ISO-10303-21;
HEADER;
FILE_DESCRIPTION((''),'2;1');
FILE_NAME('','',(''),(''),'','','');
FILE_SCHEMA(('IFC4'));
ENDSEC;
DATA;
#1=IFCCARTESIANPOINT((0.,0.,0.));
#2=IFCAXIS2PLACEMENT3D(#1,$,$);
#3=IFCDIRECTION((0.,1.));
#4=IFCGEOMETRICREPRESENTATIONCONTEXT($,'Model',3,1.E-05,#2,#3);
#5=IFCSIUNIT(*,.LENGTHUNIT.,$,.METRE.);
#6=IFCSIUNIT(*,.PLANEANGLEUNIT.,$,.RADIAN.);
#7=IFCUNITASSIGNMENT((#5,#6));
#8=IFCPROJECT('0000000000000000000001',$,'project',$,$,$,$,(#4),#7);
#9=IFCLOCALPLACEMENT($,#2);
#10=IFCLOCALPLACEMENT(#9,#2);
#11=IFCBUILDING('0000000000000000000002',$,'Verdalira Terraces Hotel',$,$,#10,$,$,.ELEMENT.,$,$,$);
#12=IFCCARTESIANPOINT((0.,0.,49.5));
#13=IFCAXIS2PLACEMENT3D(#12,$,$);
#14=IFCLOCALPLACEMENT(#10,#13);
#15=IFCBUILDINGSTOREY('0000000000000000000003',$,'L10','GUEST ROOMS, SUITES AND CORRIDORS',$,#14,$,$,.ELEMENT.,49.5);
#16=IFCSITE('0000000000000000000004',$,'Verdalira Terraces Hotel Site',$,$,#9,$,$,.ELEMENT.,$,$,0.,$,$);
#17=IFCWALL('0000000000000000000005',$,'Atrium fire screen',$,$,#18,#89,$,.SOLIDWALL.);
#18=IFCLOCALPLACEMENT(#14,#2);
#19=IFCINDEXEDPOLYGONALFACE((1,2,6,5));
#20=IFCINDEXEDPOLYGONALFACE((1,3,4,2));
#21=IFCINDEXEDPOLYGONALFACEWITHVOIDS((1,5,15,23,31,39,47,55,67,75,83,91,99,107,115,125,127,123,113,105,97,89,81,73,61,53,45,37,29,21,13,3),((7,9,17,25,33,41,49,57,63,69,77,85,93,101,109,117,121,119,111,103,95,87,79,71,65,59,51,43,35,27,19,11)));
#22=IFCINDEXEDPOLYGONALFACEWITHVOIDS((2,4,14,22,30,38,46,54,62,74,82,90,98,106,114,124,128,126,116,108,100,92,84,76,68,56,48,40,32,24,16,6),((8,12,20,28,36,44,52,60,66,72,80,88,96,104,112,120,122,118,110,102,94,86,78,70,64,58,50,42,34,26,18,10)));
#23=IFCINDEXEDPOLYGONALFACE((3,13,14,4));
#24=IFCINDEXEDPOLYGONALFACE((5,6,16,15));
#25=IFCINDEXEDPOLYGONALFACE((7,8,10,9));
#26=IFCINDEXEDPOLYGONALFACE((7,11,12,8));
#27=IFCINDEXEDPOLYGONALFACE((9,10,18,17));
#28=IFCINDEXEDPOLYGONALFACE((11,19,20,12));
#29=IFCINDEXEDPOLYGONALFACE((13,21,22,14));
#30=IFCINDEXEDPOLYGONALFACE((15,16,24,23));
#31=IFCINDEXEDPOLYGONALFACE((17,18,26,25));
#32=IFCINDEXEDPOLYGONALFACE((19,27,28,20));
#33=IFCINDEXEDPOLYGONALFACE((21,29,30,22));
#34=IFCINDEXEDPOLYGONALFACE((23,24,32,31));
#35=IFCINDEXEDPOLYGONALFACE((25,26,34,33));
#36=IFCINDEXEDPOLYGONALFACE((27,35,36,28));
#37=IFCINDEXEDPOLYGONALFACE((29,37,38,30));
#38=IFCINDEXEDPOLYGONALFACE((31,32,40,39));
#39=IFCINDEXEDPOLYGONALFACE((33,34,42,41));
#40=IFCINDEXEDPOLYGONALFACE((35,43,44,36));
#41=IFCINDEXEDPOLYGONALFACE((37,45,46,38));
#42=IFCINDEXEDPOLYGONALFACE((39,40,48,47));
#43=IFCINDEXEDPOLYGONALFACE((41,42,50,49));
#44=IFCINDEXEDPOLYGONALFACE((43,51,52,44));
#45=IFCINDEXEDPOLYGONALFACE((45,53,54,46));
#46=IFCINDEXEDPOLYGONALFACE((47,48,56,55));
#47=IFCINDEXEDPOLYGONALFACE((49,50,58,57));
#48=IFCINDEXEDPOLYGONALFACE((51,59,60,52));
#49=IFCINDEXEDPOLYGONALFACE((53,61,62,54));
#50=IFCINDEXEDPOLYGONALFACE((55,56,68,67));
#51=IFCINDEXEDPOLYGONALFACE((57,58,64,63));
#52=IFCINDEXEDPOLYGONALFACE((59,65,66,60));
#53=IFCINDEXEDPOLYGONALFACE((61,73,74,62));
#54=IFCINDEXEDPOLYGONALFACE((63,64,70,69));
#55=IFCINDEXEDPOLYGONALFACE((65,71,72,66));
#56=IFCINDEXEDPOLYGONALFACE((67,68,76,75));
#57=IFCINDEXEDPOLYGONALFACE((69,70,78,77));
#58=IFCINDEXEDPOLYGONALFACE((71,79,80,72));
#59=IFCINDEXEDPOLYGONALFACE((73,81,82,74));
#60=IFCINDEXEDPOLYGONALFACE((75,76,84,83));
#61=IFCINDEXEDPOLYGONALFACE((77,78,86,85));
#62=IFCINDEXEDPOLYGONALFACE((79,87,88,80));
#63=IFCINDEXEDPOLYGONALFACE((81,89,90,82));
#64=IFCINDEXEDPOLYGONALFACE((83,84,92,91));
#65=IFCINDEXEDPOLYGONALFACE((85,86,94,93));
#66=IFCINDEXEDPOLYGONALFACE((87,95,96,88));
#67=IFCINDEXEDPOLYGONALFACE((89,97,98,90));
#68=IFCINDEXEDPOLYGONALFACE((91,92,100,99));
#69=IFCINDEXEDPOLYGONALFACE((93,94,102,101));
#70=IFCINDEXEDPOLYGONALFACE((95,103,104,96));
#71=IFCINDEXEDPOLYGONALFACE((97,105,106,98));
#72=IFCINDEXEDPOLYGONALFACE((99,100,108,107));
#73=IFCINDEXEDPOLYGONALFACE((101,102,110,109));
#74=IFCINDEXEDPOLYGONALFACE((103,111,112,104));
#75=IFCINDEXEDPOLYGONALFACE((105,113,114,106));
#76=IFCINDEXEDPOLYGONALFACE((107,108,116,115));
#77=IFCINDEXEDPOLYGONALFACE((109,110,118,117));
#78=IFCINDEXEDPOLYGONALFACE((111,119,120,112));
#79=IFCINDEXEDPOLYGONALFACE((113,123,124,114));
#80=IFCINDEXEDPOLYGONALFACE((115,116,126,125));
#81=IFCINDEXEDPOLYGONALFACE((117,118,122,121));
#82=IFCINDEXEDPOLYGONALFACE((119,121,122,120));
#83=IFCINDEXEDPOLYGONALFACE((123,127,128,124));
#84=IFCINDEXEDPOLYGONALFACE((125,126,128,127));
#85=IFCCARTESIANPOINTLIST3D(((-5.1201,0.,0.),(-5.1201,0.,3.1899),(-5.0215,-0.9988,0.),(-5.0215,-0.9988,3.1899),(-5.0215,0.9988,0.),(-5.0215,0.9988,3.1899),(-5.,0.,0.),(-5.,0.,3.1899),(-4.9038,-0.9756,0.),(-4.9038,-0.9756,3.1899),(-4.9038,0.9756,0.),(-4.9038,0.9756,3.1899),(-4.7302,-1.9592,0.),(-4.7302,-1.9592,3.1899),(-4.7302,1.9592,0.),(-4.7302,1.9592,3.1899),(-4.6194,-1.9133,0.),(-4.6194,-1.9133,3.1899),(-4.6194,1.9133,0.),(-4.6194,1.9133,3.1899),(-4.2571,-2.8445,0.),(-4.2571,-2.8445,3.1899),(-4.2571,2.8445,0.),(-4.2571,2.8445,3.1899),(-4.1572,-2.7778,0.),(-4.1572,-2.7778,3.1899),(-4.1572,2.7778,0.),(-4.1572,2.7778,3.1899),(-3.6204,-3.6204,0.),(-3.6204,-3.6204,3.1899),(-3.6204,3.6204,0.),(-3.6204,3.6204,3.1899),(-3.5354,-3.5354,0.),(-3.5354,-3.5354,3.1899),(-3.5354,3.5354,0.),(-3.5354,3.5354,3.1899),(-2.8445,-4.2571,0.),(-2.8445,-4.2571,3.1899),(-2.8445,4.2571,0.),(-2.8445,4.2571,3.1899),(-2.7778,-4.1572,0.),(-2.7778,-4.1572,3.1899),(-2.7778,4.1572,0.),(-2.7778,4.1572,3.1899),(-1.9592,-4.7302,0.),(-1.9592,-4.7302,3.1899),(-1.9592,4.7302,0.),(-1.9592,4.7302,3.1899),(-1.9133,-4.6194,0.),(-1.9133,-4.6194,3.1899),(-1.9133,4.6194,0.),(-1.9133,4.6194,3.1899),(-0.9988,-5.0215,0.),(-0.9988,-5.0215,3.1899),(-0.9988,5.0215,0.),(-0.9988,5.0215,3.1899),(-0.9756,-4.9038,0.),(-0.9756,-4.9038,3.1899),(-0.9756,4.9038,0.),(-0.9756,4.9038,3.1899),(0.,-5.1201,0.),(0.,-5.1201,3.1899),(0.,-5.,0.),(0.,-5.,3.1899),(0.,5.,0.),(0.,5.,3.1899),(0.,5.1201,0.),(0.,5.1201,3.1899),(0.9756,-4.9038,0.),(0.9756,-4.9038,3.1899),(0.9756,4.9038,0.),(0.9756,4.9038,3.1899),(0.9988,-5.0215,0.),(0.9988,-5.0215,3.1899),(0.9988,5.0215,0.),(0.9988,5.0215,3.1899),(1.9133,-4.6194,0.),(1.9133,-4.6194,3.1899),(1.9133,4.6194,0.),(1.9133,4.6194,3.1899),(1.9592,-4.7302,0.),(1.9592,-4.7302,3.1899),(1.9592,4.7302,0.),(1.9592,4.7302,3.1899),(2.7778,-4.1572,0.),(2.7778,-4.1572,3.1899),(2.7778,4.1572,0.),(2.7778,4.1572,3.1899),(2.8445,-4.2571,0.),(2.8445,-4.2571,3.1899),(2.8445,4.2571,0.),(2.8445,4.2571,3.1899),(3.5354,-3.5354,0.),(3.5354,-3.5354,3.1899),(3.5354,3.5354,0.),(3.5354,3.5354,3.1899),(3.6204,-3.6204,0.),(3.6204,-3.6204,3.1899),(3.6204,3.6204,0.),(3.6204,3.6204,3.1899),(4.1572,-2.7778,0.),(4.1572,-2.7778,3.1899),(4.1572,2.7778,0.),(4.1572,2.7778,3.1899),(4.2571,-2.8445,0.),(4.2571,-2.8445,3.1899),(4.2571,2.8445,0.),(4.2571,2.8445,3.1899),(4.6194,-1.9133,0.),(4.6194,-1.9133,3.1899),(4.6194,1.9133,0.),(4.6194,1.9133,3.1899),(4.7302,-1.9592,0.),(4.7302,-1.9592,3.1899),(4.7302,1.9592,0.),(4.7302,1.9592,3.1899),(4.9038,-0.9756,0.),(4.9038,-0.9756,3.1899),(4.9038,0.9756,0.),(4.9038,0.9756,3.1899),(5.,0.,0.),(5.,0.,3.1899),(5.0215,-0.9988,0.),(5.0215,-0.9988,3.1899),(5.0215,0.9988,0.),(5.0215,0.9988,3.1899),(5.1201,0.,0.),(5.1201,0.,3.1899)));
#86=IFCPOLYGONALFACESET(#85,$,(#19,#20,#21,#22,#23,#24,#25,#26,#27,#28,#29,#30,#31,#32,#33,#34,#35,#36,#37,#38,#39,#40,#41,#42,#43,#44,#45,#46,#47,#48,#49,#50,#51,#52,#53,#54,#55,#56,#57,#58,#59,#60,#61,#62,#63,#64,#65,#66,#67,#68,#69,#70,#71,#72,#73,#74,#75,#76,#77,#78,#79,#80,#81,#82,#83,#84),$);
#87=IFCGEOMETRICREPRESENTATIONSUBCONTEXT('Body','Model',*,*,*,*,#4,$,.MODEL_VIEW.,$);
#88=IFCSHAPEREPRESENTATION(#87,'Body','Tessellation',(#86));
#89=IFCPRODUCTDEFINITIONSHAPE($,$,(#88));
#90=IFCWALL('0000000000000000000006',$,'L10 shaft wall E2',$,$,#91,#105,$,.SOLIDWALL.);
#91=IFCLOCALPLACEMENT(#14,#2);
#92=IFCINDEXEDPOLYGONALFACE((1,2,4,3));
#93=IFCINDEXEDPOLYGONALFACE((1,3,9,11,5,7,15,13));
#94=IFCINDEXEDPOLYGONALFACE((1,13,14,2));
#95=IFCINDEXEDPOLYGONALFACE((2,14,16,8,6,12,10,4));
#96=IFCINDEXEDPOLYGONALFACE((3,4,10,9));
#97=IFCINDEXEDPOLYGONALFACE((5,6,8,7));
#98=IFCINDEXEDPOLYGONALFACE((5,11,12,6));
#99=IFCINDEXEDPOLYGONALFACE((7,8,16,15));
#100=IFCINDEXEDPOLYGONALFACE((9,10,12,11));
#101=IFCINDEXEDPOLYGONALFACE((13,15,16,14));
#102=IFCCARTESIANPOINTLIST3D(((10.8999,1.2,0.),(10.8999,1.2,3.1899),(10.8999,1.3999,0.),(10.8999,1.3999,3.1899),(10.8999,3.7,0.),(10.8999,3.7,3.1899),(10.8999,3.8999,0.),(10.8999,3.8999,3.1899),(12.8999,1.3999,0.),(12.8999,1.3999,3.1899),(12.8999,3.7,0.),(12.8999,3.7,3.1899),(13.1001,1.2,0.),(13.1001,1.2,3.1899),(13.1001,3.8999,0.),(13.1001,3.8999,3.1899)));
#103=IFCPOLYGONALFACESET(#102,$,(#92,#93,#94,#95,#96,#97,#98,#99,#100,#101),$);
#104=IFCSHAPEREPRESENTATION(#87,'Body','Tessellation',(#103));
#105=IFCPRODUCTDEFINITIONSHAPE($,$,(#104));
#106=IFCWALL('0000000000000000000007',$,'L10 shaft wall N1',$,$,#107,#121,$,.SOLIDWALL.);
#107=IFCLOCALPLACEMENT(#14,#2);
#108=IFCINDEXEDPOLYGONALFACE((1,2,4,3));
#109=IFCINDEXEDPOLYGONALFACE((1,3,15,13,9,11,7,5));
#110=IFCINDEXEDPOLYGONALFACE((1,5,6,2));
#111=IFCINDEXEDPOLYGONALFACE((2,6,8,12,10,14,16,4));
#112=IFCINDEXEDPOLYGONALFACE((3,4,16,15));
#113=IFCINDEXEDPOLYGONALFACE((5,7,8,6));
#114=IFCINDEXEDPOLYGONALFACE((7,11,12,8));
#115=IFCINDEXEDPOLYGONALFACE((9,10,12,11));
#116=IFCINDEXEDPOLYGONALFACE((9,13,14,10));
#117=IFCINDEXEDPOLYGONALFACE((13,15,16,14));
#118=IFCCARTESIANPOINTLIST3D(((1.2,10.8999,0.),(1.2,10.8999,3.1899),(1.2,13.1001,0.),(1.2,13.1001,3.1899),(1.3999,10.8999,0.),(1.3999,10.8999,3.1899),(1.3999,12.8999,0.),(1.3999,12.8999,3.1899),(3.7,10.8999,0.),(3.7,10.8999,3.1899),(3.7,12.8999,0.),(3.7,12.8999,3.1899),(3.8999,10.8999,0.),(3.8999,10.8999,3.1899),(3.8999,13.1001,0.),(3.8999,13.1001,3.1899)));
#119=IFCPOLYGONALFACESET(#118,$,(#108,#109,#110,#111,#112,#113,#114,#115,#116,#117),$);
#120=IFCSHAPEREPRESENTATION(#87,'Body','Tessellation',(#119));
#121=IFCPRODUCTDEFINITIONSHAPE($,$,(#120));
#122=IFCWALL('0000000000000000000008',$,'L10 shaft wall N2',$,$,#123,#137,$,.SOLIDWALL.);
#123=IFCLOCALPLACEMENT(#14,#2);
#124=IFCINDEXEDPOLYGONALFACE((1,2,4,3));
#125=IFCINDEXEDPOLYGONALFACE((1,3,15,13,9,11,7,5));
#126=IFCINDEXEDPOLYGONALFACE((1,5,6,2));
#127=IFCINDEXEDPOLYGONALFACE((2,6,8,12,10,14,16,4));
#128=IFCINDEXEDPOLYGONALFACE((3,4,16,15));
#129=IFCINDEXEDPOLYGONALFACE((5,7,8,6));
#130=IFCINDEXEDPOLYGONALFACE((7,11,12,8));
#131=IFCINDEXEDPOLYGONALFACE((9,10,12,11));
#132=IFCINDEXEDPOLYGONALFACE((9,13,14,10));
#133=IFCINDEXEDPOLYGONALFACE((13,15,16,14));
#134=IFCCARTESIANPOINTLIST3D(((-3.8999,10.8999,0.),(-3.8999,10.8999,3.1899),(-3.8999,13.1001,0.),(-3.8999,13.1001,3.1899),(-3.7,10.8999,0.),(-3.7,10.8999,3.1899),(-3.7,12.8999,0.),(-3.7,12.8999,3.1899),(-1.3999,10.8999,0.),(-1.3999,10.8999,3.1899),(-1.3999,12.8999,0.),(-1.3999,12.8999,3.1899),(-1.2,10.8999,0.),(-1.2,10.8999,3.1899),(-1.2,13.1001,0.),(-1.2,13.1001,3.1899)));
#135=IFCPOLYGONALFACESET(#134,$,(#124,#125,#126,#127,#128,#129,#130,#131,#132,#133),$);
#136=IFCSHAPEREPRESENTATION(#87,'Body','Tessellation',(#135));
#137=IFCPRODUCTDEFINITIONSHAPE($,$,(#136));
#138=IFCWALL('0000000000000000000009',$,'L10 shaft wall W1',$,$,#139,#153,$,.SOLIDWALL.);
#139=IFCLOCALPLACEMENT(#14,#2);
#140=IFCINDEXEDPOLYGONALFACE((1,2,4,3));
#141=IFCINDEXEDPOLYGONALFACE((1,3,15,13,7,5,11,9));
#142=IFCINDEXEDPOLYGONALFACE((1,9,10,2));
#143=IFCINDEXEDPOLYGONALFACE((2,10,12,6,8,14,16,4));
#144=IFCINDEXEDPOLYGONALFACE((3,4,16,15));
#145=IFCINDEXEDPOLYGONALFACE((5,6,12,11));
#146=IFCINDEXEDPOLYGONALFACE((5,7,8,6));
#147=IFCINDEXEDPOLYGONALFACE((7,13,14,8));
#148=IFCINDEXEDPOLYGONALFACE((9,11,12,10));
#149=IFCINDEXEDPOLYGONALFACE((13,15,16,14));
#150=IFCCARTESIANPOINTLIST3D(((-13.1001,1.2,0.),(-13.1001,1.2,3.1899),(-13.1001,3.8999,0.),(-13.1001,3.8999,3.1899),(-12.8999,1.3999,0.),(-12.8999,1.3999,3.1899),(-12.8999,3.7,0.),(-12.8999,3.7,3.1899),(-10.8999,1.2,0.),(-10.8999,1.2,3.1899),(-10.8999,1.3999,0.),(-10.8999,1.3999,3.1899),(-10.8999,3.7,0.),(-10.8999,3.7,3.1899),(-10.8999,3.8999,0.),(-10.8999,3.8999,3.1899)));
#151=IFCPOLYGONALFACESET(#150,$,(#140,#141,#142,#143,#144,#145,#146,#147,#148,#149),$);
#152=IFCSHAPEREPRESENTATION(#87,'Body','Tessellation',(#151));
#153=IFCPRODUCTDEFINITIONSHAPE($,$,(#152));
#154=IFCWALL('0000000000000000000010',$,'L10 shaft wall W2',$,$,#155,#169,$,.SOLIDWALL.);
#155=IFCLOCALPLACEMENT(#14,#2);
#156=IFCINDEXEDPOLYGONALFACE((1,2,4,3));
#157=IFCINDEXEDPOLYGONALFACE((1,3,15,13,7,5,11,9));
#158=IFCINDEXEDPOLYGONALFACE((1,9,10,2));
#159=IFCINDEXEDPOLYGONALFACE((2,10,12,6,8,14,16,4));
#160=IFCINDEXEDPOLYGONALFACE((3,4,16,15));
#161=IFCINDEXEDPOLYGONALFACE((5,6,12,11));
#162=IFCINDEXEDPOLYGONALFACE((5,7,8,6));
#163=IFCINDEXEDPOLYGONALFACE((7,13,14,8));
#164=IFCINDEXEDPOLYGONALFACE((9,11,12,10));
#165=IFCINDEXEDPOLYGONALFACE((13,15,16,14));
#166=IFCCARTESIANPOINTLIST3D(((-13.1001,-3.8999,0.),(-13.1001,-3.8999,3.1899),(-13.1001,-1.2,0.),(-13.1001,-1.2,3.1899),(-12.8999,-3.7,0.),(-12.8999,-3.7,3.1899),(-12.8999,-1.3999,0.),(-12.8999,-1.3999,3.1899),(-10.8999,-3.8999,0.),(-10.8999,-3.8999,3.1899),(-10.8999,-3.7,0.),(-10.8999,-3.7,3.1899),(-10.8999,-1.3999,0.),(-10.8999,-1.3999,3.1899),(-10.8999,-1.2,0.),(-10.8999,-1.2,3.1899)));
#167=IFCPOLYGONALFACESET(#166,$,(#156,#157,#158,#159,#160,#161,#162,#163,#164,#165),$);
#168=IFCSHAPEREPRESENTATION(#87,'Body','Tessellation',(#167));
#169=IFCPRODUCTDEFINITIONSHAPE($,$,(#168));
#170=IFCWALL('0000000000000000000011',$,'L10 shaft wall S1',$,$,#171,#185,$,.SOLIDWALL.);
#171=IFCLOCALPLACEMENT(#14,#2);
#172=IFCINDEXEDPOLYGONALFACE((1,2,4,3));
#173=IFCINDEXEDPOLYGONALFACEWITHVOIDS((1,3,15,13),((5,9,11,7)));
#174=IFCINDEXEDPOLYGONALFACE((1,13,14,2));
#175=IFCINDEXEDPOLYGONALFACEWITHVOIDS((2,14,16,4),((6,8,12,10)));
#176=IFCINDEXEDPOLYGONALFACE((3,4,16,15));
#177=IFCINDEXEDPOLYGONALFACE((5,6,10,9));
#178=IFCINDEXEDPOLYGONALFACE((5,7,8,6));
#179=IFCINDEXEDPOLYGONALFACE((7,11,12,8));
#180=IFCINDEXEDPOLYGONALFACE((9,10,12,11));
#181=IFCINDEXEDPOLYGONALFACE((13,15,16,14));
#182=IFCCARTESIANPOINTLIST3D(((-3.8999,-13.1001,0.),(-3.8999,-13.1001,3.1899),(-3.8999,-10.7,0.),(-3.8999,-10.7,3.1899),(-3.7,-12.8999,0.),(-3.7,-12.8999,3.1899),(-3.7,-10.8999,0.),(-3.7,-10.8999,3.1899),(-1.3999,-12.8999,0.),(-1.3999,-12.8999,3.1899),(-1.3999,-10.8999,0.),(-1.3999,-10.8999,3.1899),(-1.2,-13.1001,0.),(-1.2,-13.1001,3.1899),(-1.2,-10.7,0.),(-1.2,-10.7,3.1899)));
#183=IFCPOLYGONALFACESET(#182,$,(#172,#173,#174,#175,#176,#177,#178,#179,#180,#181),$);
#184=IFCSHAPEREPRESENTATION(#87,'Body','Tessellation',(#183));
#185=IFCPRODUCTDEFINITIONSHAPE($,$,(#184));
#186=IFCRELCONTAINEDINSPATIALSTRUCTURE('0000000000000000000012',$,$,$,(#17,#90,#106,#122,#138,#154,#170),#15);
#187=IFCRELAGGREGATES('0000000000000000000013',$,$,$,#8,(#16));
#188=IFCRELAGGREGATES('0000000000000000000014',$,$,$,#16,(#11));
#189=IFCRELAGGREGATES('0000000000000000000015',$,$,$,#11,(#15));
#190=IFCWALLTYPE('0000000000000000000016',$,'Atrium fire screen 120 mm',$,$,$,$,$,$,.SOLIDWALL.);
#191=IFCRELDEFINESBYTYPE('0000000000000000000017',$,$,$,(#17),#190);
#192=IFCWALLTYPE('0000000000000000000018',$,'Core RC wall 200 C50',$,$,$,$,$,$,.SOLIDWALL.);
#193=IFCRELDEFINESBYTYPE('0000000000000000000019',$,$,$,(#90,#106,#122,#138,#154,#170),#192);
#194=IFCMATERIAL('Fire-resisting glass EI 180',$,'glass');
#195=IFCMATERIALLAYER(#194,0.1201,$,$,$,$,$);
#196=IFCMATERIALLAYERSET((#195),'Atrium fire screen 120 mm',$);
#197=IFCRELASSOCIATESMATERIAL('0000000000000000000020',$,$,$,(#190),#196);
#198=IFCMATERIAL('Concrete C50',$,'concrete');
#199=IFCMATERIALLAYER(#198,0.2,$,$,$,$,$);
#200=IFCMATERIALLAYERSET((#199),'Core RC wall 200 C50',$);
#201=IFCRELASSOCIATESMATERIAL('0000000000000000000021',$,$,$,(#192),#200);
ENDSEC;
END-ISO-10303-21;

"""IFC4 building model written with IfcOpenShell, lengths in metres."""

from ifc_helpers import new_model, si_unit, direction, frame, origin, place, context, subcontext, project, spatial, polyline, outline, extrude, material, layer, layer_set, type_object, element, save


model = new_model("IFC4")

# Units and contexts
model_context = context("Model", 3, precision=1e-05, world=origin(), true_north=direction((0.0, 1.0)))
body_context = subcontext(model_context, "Body", "Model", "MODEL_VIEW")
ifc_project = project(units=[si_unit("LENGTHUNIT", "METRE"), si_unit("PLANEANGLEUNIT", "RADIAN")], contexts=[model_context])

# Site, building, storey
site_placement = place(None, origin())
site = spatial("IfcSite", under=ifc_project, at=site_placement, Name="Verdalira Terraces Hotel Site", CompositionType="ELEMENT", RefElevation=0.0)
building_placement = place(site_placement, origin())
building = spatial("IfcBuilding", under=site, at=building_placement, Name="Verdalira Terraces Hotel", CompositionType="ELEMENT")
storey_placement = place(building_placement, frame((0.0, 0.0, 49.5)))
storey = spatial("IfcBuildingStorey", under=building, at=storey_placement, Name="L10", Description="GUEST ROOMS, SUITES AND CORRIDORS", CompositionType="ELEMENT", Elevation=49.5)

# Walls
ifc_material_1 = material(Name="Fire-resisting glass EI 180", Category="glass")
ifc_layer_1 = layer(ifc_material_1, 0.1201)
ifc_layer_set_1 = layer_set([ifc_layer_1], Name="Atrium fire screen 120 mm")
wall_type_1 = type_object("IfcWallType", Name="Atrium fire screen 120 mm", PredefinedType="SOLIDWALL", material=ifc_layer_set_1)
wall_1_placement = place(storey_placement, origin())
element("IfcWall", 1, at=wall_1_placement, inside=storey, type_object=wall_type_1, Name="Atrium fire screen", PredefinedType="SOLIDWALL", context=body_context, shape_type="SweptSolid", body=[
    extrude(outline(polyline([(5.0215, -0.9988), (4.7302, -1.9592), (4.2571, -2.8445), (3.6204, -3.6204), (2.8445, -4.2571), (1.9592, -4.7302), (0.9988, -5.0215), (0.0, -5.1201), (-0.9988, -5.0215), (-1.9592, -4.7302), (-2.8445, -4.2571), (-3.6204, -3.6204), (-4.2571, -2.8445), (-4.7302, -1.9592), (-5.0215, -0.9988), (-5.1201, 0.0), (-5.0215, 0.9988), (-4.7302, 1.9592), (-4.2571, 2.8445), (-3.6204, 3.6204), (-2.8445, 4.2571), (-1.9592, 4.7302), (-0.9988, 5.0215), (0.0, 5.1201), (0.9988, 5.0215), (1.9592, 4.7302), (2.8445, 4.2571), (3.6204, 3.6204), (4.2571, 2.8445), (4.7302, 1.9592), (5.0215, 0.9988), (5.1201, 0.0), (5.0215, -0.9988)]), holes=[polyline([(4.9038, 0.9756), (4.6194, 1.9133), (4.1572, 2.7778), (3.5354, 3.5354), (2.7778, 4.1572), (1.9133, 4.6194), (0.9756, 4.9038), (0.0, 5.0), (-0.9756, 4.9038), (-1.9133, 4.6194), (-2.7778, 4.1572), (-3.5354, 3.5354), (-4.1572, 2.7778), (-4.6194, 1.9133), (-4.9038, 0.9756), (-5.0, 0.0), (-4.9038, -0.9756), (-4.6194, -1.9133), (-4.1572, -2.7778), (-3.5354, -3.5354), (-2.7778, -4.1572), (-1.9133, -4.6194), (-0.9756, -4.9038), (0.0, -5.0), (0.9756, -4.9038), (1.9133, -4.6194), (2.7778, -4.1572), (3.5354, -3.5354), (4.1572, -2.7778), (4.6194, -1.9133), (4.9038, -0.9756), (5.0, 0.0), (4.9038, 0.9756)])]), origin(), (0.0, 0.0, 1.0), 3.1899),
])
ifc_material_2 = material(Name="Concrete C50", Category="concrete")
ifc_layer_2 = layer(ifc_material_2, 0.2)
ifc_layer_set_2 = layer_set([ifc_layer_2], Name="Core RC wall 200 C50")
wall_type_2 = type_object("IfcWallType", Name="Core RC wall 200 C50", PredefinedType="SOLIDWALL", material=ifc_layer_set_2)
wall_2_placement = place(storey_placement, origin())
element("IfcWall", 2, at=wall_2_placement, inside=storey, type_object=wall_type_2, Name="L10 shaft wall E2", PredefinedType="SOLIDWALL", context=body_context, shape_type="SweptSolid", body=[
    extrude(outline(polyline([(13.1001, 3.8999), (13.1001, 1.2), (10.8999, 1.2), (10.8999, 1.3999), (12.8999, 1.3999), (12.8999, 3.7), (10.8999, 3.7), (10.8999, 3.8999), (13.1001, 3.8999)])), origin(), (0.0, 0.0, 1.0), 3.1899),
])
wall_3_placement = place(storey_placement, origin())
element("IfcWall", 3, at=wall_3_placement, inside=storey, type_object=wall_type_2, Name="L10 shaft wall N1", PredefinedType="SOLIDWALL", context=body_context, shape_type="SweptSolid", body=[
    extrude(outline(polyline([(3.8999, 13.1001), (3.8999, 10.8999), (3.7, 10.8999), (3.7, 12.8999), (1.3999, 12.8999), (1.3999, 10.8999), (1.2, 10.8999), (1.2, 13.1001), (3.8999, 13.1001)])), origin(), (0.0, 0.0, 1.0), 3.1899),
])
wall_4_placement = place(storey_placement, origin())
element("IfcWall", 4, at=wall_4_placement, inside=storey, type_object=wall_type_2, Name="L10 shaft wall N2", PredefinedType="SOLIDWALL", context=body_context, shape_type="SweptSolid", body=[
    extrude(outline(polyline([(-3.8999, 10.8999), (-3.8999, 13.1001), (-1.2, 13.1001), (-1.2, 10.8999), (-1.3999, 10.8999), (-1.3999, 12.8999), (-3.7, 12.8999), (-3.7, 10.8999), (-3.8999, 10.8999)])), origin(), (0.0, 0.0, 1.0), 3.1899),
])
wall_5_placement = place(storey_placement, origin())
element("IfcWall", 5, at=wall_5_placement, inside=storey, type_object=wall_type_2, Name="L10 shaft wall W1", PredefinedType="SOLIDWALL", context=body_context, shape_type="SweptSolid", body=[
    extrude(outline(polyline([(-13.1001, 3.8999), (-10.8999, 3.8999), (-10.8999, 3.7), (-12.8999, 3.7), (-12.8999, 1.3999), (-10.8999, 1.3999), (-10.8999, 1.2), (-13.1001, 1.2), (-13.1001, 3.8999)])), origin(), (0.0, 0.0, 1.0), 3.1899),
])
wall_6_placement = place(storey_placement, origin())
element("IfcWall", 6, at=wall_6_placement, inside=storey, type_object=wall_type_2, Name="L10 shaft wall W2", PredefinedType="SOLIDWALL", context=body_context, shape_type="SweptSolid", body=[
    extrude(outline(polyline([(-13.1001, -3.8999), (-13.1001, -1.2), (-10.8999, -1.2), (-10.8999, -1.3999), (-12.8999, -1.3999), (-12.8999, -3.7), (-10.8999, -3.7), (-10.8999, -3.8999), (-13.1001, -3.8999)])), origin(), (0.0, 0.0, 1.0), 3.1899),
])
wall_7_placement = place(storey_placement, origin())
element("IfcWall", 7, at=wall_7_placement, inside=storey, type_object=wall_type_2, Name="L10 shaft wall S1", PredefinedType="SOLIDWALL", context=body_context, shape_type="SweptSolid", body=[
    extrude(outline(polyline([(-1.2, -13.1001), (-3.8999, -13.1001), (-3.8999, -10.7), (-1.2, -10.7), (-1.2, -13.1001)]), holes=[polyline([(-3.7, -10.8999), (-3.7, -12.8999), (-1.3999, -12.8999), (-1.3999, -10.8999), (-3.7, -10.8999)])]), origin(), (0.0, 0.0, 1.0), 3.1899),
])

save(model, "model.ifc")
